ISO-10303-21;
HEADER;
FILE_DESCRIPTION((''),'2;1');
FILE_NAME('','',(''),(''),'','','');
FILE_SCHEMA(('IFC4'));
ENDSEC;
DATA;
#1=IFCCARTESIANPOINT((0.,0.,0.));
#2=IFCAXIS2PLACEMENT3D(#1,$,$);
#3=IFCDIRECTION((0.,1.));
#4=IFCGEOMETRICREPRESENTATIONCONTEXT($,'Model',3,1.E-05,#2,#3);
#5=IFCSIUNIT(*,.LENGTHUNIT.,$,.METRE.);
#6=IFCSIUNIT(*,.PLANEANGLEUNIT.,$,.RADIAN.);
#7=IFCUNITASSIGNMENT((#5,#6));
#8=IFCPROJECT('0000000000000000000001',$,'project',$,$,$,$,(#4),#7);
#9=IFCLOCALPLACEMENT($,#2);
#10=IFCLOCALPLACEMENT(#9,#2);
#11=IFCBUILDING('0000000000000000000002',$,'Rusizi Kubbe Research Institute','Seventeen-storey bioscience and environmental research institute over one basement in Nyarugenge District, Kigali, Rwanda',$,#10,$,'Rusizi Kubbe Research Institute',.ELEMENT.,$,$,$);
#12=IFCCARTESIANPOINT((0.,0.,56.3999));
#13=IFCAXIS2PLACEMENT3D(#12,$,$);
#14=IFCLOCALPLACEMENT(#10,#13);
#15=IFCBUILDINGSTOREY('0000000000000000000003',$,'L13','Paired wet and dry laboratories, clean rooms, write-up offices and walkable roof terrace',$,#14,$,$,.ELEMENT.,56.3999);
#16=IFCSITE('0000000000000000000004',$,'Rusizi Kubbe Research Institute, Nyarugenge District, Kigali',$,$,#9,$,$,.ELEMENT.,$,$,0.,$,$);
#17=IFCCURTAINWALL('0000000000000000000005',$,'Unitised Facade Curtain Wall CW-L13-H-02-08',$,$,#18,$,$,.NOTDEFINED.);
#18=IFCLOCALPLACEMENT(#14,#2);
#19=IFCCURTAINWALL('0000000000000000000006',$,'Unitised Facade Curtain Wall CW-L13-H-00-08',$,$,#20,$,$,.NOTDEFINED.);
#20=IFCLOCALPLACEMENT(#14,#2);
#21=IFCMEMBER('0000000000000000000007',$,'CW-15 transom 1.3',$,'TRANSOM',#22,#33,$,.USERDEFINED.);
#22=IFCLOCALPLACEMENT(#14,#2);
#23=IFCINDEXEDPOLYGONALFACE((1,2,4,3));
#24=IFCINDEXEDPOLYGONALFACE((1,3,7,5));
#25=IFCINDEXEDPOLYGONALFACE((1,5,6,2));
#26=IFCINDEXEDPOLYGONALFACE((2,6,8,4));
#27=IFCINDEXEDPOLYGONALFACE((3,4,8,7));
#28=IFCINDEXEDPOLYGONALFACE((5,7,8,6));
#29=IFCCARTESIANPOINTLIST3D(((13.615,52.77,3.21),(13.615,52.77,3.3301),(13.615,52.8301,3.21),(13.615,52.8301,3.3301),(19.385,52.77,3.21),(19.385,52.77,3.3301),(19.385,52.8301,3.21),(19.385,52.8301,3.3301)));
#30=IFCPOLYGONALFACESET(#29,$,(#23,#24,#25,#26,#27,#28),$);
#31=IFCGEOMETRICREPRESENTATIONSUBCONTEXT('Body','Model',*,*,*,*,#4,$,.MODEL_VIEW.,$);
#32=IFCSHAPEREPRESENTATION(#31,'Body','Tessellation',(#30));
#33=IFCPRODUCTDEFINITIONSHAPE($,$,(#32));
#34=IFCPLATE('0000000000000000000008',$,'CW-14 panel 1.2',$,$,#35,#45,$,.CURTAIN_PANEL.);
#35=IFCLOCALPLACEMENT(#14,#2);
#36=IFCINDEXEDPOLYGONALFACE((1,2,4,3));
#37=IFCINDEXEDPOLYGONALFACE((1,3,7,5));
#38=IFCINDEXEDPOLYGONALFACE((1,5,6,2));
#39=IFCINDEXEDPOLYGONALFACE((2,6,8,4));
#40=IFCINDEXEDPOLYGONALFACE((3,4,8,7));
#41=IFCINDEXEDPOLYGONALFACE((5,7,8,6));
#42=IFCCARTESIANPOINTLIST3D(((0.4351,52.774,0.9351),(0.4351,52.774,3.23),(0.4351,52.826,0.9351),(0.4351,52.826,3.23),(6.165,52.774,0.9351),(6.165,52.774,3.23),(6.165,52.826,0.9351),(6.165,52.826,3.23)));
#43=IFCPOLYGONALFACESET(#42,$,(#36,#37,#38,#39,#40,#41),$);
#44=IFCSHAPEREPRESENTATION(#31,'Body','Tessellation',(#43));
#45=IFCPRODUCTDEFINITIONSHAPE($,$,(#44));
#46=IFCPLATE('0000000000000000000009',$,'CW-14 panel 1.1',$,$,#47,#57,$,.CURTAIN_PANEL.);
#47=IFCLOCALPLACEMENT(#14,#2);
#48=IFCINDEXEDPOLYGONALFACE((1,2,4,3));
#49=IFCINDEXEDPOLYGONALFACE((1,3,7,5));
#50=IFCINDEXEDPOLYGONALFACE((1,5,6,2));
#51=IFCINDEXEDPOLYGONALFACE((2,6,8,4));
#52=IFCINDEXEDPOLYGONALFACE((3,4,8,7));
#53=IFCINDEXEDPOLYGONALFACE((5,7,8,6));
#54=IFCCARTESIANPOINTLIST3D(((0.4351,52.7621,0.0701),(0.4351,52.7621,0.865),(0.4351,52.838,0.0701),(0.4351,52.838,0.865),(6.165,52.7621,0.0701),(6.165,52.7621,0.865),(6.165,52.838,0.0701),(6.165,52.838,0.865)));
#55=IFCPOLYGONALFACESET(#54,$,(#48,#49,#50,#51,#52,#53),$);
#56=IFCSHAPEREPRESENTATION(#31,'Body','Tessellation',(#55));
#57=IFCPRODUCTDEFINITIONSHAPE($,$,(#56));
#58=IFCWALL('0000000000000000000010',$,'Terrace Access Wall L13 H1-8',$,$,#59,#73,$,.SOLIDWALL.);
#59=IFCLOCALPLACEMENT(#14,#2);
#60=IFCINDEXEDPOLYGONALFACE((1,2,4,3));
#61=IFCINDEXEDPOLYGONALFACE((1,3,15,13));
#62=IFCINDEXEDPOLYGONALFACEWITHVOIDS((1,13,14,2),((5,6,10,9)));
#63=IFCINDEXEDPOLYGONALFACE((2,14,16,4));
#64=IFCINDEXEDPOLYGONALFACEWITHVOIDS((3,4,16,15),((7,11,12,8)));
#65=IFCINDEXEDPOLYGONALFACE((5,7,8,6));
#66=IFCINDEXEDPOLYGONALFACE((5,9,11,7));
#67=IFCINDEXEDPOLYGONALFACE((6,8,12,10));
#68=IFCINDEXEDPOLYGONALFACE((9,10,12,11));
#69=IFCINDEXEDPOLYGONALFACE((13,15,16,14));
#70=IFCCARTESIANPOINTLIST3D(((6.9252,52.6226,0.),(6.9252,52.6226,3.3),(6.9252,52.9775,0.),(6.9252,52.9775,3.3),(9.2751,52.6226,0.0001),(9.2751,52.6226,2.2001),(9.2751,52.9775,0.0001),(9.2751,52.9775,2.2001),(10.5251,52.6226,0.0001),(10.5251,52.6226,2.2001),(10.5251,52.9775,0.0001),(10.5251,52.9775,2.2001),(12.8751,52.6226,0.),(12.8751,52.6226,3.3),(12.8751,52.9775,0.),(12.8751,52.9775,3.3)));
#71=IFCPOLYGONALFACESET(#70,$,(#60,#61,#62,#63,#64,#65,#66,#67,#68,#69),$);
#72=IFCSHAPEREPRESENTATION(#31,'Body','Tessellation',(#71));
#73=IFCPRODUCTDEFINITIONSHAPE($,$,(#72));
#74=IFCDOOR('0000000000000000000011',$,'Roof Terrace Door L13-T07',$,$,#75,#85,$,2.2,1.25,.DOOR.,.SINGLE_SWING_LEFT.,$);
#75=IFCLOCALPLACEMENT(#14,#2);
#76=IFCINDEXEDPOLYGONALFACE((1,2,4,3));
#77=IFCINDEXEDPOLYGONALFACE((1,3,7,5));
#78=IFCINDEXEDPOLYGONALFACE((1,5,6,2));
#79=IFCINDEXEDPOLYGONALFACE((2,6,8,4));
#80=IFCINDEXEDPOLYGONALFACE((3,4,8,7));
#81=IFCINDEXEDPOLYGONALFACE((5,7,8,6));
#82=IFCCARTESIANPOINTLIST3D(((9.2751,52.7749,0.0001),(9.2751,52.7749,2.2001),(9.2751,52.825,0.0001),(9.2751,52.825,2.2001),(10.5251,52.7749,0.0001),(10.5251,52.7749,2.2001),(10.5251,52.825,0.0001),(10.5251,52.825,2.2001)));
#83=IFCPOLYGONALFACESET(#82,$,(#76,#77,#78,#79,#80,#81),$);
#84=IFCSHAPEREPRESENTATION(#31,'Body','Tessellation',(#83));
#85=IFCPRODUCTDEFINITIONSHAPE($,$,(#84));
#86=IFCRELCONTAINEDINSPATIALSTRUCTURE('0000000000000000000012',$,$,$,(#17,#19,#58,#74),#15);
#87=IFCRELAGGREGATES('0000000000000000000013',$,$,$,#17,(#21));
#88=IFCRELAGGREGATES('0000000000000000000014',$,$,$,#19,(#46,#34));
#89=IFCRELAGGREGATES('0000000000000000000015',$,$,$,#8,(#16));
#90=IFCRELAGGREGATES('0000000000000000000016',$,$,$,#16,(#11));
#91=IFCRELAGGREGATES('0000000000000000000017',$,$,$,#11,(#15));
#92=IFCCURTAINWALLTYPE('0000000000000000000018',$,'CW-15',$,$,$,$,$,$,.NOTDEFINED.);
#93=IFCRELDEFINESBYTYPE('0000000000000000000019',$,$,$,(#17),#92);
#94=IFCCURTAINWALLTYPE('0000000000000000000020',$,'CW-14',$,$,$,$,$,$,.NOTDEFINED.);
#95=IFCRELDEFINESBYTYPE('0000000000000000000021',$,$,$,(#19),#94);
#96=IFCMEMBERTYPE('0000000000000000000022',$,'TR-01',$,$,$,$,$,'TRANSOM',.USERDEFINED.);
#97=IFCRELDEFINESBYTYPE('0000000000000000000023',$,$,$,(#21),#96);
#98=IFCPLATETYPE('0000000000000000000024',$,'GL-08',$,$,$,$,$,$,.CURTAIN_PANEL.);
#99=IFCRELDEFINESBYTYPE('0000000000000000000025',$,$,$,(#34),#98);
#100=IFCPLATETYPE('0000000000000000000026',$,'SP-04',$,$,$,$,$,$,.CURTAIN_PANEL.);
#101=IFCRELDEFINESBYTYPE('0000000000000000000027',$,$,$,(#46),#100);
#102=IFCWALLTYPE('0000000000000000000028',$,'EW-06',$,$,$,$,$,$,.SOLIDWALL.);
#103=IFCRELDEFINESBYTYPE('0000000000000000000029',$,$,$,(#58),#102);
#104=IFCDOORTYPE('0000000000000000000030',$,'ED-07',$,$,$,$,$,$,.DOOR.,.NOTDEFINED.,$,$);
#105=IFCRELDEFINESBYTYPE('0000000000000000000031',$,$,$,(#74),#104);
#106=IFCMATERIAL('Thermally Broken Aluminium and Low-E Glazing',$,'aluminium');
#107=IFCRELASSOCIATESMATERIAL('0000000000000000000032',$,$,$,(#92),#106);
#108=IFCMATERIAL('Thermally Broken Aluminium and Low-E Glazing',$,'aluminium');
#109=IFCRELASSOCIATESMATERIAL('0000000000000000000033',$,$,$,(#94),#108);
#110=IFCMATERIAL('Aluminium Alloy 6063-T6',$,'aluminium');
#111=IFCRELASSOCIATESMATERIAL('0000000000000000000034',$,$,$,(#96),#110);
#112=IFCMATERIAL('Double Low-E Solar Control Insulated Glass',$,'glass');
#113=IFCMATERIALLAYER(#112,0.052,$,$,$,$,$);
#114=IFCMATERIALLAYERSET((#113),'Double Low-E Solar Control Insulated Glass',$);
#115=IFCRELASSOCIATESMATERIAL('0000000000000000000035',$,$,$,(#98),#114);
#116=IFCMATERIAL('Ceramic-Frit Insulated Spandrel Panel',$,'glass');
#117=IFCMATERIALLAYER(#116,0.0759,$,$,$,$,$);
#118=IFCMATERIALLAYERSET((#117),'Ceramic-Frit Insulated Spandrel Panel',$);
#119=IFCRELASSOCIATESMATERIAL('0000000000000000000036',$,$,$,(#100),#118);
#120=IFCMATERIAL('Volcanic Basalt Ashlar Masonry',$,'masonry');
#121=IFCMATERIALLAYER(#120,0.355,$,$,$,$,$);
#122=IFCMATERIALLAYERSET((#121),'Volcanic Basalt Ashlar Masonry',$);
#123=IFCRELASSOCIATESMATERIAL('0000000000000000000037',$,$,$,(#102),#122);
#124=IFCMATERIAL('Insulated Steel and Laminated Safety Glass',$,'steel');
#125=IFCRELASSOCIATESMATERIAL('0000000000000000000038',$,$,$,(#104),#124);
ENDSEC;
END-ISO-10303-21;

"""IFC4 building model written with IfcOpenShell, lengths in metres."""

from ifc_helpers import new_model, si_unit, direction, frame, frame_2d, origin, origin_2d, place, context, subcontext, project, spatial, rectangle, extrude, material, layer, layer_set, material_profile, profile_set, type_object, element, fill, aggregate, save


model = new_model("IFC4")

# Units and contexts
model_context = context("Model", 3, precision=1e-05, world=origin(), true_north=direction((0.0, 1.0)))
body_context = subcontext(model_context, "Body", "Model", "MODEL_VIEW")
ifc_project = project(units=[si_unit("LENGTHUNIT", "METRE"), si_unit("PLANEANGLEUNIT", "RADIAN")], contexts=[model_context])

# Site, building, storey
site_placement = place(None, origin())
site = spatial("IfcSite", under=ifc_project, at=site_placement, Name="Rusizi Kubbe Research Institute, Nyarugenge District, Kigali", CompositionType="ELEMENT", RefElevation=0.0)
building_placement = place(site_placement, origin())
building = spatial("IfcBuilding", under=site, at=building_placement, Name="Rusizi Kubbe Research Institute", Description="Seventeen-storey bioscience and environmental research institute over one basement in Nyarugenge District, Kigali, Rwanda", LongName="Rusizi Kubbe Research Institute", CompositionType="ELEMENT")
storey_placement = place(building_placement, frame((0.0, 0.0, 56.3999)))
storey = spatial("IfcBuildingStorey", under=building, at=storey_placement, Name="L13", Description="Paired wet and dry laboratories, clean rooms, write-up offices and walkable roof terrace", CompositionType="ELEMENT", Elevation=56.3999)

# Curtain walls
ifc_material_1 = material(Name="Thermally Broken Aluminium and Low-E Glazing", Category="aluminium")
curtain_wall_type_1 = type_object("IfcCurtainWallType", Name="CW-15", PredefinedType="NOTDEFINED", material=ifc_material_1)
curtain_wall_1_placement = place(storey_placement, origin())
curtain_wall_1 = element("IfcCurtainWall", 1, at=curtain_wall_1_placement, inside=storey, type_object=curtain_wall_type_1, Name="Unitised Facade Curtain Wall CW-L13-H-02-08", PredefinedType="NOTDEFINED")
ifc_material_2 = material(Name="Thermally Broken Aluminium and Low-E Glazing", Category="aluminium")
curtain_wall_type_2 = type_object("IfcCurtainWallType", Name="CW-14", PredefinedType="NOTDEFINED", material=ifc_material_2)
curtain_wall_2_placement = place(storey_placement, origin())
curtain_wall_2 = element("IfcCurtainWall", 2, at=curtain_wall_2_placement, inside=storey, type_object=curtain_wall_type_2, Name="Unitised Facade Curtain Wall CW-L13-H-00-08", PredefinedType="NOTDEFINED")

# Member
ifc_material_3 = material(Name="Aluminium Alloy 6063-T6", Category="aluminium")
ifc_material_profile_1 = material_profile(ifc_material_3, rectangle(XDim=0.0601, YDim=0.1201, at=origin_2d()), Name="ALU-T 60x120")
ifc_profile_set_1 = profile_set([ifc_material_profile_1], Name="Aluminium Alloy 6063-T6")
member_type_1 = type_object("IfcMemberType", Name="TR-01", ElementType="TRANSOM", PredefinedType="USERDEFINED", material=ifc_profile_set_1)
member_1_placement = place(storey_placement, frame((13.615, 52.8, 3.27), z_axis=(1.0, 0.0, 0.0), x_axis=(0.0, 1.0, 0.0)))
member_1 = element("IfcMember", 3, at=member_1_placement, type_object=member_type_1, Name="CW-15 transom 1.3", ObjectType="TRANSOM", PredefinedType="USERDEFINED", context=body_context, shape_type="SweptSolid", body=[
    extrude(rectangle(XDim=0.0601, YDim=0.1201, at=origin_2d()), origin(), (0.0, 0.0, 1.0), 5.77),
])
aggregate(curtain_wall_1, [member_1])

# Plates
ifc_material_4 = material(Name="Double Low-E Solar Control Insulated Glass", Category="glass")
ifc_layer_1 = layer(ifc_material_4, 0.052)
ifc_layer_set_1 = layer_set([ifc_layer_1], Name="Double Low-E Solar Control Insulated Glass")
plate_type_1 = type_object("IfcPlateType", Name="GL-08", PredefinedType="CURTAIN_PANEL", material=ifc_layer_set_1)
plate_1_placement = place(storey_placement, frame((3.3, 52.8, 0.9351), z_axis=(0.0, 0.0, 1.0), x_axis=(1.0, 0.0, 0.0)))
plate_1 = element("IfcPlate", 4, at=plate_1_placement, type_object=plate_type_1, Name="CW-14 panel 1.2", PredefinedType="CURTAIN_PANEL", context=body_context, shape_type="SweptSolid", body=[
    extrude(rectangle(XDim=5.73, YDim=0.052, at=origin_2d()), origin(), (0.0, 0.0, 1.0), 2.2949),
])
ifc_material_5 = material(Name="Ceramic-Frit Insulated Spandrel Panel", Category="glass")
ifc_layer_2 = layer(ifc_material_5, 0.0759)
ifc_layer_set_2 = layer_set([ifc_layer_2], Name="Ceramic-Frit Insulated Spandrel Panel")
plate_type_2 = type_object("IfcPlateType", Name="SP-04", PredefinedType="CURTAIN_PANEL", material=ifc_layer_set_2)
plate_2_placement = place(storey_placement, frame((3.3, 52.8, 0.0701), z_axis=(0.0, 0.0, 1.0), x_axis=(1.0, 0.0, 0.0)))
plate_2 = element("IfcPlate", 5, at=plate_2_placement, type_object=plate_type_2, Name="CW-14 panel 1.1", PredefinedType="CURTAIN_PANEL", context=body_context, shape_type="SweptSolid", body=[
    extrude(rectangle(XDim=5.73, YDim=0.0759, at=origin_2d()), origin(), (0.0, 0.0, 1.0), 0.7949),
])
aggregate(curtain_wall_2, [plate_2, plate_1])

# Wall, opening, door
ifc_material_6 = material(Name="Volcanic Basalt Ashlar Masonry", Category="masonry")
ifc_layer_3 = layer(ifc_material_6, 0.355)
ifc_layer_set_3 = layer_set([ifc_layer_3], Name="Volcanic Basalt Ashlar Masonry")
wall_type = type_object("IfcWallType", Name="EW-06", PredefinedType="SOLIDWALL", material=ifc_layer_set_3)
wall_placement = place(storey_placement, frame((6.925, 52.8, 0.0), z_axis=(0.0, 0.0, 1.0), x_axis=(1.0, 0.0, 0.0)))
wall = element("IfcWall", 6, at=wall_placement, inside=storey, type_object=wall_type, Name="Terrace Access Wall L13 H1-8", PredefinedType="SOLIDWALL", context=body_context, shape_type="SweptSolid", body=[
    extrude(rectangle(XDim=5.95, YDim=0.355, at=frame_2d((2.9751, 0.0))), origin(), (0.0, 0.0, 1.0), 3.3),
])
opening_placement = place(wall_placement, frame((2.3501, 0.0, 0.0)))
opening = element("IfcOpeningElement", 7, at=opening_placement, cuts=wall, PredefinedType="OPENING", context=body_context, shape_type="SweptSolid", body=[
    extrude(rectangle(XDim=1.25, YDim=2.2, at=frame_2d((0.625, 1.1001))), frame((0.0, 0.1875, 0.0), z_axis=(0.0, -1.0, 0.0), x_axis=(1.0, 0.0, 0.0)), (0.0, 0.0, 1.0), 0.375),
])
ifc_material_7 = material(Name="Insulated Steel and Laminated Safety Glass", Category="steel")
door_type = type_object("IfcDoorType", Name="ED-07", OperationType="NOTDEFINED", PredefinedType="DOOR", material=ifc_material_7)
door_placement = place(opening_placement, origin())
door = element("IfcDoor", 8, at=door_placement, inside=storey, type_object=door_type, Name="Roof Terrace Door L13-T07", OperationType="SINGLE_SWING_LEFT", OverallHeight=2.2, OverallWidth=1.25, PredefinedType="DOOR", context=body_context, shape_type="SweptSolid", body=[
    extrude(rectangle(XDim=1.25, YDim=2.2, at=frame_2d((0.625, 1.1001))), frame((0.0, 0.0249, 0.0), z_axis=(0.0, -1.0, 0.0), x_axis=(1.0, 0.0, 0.0)), (0.0, 0.0, 1.0), 0.05),
])
fill(opening, door)

save(model, "model.ifc")
